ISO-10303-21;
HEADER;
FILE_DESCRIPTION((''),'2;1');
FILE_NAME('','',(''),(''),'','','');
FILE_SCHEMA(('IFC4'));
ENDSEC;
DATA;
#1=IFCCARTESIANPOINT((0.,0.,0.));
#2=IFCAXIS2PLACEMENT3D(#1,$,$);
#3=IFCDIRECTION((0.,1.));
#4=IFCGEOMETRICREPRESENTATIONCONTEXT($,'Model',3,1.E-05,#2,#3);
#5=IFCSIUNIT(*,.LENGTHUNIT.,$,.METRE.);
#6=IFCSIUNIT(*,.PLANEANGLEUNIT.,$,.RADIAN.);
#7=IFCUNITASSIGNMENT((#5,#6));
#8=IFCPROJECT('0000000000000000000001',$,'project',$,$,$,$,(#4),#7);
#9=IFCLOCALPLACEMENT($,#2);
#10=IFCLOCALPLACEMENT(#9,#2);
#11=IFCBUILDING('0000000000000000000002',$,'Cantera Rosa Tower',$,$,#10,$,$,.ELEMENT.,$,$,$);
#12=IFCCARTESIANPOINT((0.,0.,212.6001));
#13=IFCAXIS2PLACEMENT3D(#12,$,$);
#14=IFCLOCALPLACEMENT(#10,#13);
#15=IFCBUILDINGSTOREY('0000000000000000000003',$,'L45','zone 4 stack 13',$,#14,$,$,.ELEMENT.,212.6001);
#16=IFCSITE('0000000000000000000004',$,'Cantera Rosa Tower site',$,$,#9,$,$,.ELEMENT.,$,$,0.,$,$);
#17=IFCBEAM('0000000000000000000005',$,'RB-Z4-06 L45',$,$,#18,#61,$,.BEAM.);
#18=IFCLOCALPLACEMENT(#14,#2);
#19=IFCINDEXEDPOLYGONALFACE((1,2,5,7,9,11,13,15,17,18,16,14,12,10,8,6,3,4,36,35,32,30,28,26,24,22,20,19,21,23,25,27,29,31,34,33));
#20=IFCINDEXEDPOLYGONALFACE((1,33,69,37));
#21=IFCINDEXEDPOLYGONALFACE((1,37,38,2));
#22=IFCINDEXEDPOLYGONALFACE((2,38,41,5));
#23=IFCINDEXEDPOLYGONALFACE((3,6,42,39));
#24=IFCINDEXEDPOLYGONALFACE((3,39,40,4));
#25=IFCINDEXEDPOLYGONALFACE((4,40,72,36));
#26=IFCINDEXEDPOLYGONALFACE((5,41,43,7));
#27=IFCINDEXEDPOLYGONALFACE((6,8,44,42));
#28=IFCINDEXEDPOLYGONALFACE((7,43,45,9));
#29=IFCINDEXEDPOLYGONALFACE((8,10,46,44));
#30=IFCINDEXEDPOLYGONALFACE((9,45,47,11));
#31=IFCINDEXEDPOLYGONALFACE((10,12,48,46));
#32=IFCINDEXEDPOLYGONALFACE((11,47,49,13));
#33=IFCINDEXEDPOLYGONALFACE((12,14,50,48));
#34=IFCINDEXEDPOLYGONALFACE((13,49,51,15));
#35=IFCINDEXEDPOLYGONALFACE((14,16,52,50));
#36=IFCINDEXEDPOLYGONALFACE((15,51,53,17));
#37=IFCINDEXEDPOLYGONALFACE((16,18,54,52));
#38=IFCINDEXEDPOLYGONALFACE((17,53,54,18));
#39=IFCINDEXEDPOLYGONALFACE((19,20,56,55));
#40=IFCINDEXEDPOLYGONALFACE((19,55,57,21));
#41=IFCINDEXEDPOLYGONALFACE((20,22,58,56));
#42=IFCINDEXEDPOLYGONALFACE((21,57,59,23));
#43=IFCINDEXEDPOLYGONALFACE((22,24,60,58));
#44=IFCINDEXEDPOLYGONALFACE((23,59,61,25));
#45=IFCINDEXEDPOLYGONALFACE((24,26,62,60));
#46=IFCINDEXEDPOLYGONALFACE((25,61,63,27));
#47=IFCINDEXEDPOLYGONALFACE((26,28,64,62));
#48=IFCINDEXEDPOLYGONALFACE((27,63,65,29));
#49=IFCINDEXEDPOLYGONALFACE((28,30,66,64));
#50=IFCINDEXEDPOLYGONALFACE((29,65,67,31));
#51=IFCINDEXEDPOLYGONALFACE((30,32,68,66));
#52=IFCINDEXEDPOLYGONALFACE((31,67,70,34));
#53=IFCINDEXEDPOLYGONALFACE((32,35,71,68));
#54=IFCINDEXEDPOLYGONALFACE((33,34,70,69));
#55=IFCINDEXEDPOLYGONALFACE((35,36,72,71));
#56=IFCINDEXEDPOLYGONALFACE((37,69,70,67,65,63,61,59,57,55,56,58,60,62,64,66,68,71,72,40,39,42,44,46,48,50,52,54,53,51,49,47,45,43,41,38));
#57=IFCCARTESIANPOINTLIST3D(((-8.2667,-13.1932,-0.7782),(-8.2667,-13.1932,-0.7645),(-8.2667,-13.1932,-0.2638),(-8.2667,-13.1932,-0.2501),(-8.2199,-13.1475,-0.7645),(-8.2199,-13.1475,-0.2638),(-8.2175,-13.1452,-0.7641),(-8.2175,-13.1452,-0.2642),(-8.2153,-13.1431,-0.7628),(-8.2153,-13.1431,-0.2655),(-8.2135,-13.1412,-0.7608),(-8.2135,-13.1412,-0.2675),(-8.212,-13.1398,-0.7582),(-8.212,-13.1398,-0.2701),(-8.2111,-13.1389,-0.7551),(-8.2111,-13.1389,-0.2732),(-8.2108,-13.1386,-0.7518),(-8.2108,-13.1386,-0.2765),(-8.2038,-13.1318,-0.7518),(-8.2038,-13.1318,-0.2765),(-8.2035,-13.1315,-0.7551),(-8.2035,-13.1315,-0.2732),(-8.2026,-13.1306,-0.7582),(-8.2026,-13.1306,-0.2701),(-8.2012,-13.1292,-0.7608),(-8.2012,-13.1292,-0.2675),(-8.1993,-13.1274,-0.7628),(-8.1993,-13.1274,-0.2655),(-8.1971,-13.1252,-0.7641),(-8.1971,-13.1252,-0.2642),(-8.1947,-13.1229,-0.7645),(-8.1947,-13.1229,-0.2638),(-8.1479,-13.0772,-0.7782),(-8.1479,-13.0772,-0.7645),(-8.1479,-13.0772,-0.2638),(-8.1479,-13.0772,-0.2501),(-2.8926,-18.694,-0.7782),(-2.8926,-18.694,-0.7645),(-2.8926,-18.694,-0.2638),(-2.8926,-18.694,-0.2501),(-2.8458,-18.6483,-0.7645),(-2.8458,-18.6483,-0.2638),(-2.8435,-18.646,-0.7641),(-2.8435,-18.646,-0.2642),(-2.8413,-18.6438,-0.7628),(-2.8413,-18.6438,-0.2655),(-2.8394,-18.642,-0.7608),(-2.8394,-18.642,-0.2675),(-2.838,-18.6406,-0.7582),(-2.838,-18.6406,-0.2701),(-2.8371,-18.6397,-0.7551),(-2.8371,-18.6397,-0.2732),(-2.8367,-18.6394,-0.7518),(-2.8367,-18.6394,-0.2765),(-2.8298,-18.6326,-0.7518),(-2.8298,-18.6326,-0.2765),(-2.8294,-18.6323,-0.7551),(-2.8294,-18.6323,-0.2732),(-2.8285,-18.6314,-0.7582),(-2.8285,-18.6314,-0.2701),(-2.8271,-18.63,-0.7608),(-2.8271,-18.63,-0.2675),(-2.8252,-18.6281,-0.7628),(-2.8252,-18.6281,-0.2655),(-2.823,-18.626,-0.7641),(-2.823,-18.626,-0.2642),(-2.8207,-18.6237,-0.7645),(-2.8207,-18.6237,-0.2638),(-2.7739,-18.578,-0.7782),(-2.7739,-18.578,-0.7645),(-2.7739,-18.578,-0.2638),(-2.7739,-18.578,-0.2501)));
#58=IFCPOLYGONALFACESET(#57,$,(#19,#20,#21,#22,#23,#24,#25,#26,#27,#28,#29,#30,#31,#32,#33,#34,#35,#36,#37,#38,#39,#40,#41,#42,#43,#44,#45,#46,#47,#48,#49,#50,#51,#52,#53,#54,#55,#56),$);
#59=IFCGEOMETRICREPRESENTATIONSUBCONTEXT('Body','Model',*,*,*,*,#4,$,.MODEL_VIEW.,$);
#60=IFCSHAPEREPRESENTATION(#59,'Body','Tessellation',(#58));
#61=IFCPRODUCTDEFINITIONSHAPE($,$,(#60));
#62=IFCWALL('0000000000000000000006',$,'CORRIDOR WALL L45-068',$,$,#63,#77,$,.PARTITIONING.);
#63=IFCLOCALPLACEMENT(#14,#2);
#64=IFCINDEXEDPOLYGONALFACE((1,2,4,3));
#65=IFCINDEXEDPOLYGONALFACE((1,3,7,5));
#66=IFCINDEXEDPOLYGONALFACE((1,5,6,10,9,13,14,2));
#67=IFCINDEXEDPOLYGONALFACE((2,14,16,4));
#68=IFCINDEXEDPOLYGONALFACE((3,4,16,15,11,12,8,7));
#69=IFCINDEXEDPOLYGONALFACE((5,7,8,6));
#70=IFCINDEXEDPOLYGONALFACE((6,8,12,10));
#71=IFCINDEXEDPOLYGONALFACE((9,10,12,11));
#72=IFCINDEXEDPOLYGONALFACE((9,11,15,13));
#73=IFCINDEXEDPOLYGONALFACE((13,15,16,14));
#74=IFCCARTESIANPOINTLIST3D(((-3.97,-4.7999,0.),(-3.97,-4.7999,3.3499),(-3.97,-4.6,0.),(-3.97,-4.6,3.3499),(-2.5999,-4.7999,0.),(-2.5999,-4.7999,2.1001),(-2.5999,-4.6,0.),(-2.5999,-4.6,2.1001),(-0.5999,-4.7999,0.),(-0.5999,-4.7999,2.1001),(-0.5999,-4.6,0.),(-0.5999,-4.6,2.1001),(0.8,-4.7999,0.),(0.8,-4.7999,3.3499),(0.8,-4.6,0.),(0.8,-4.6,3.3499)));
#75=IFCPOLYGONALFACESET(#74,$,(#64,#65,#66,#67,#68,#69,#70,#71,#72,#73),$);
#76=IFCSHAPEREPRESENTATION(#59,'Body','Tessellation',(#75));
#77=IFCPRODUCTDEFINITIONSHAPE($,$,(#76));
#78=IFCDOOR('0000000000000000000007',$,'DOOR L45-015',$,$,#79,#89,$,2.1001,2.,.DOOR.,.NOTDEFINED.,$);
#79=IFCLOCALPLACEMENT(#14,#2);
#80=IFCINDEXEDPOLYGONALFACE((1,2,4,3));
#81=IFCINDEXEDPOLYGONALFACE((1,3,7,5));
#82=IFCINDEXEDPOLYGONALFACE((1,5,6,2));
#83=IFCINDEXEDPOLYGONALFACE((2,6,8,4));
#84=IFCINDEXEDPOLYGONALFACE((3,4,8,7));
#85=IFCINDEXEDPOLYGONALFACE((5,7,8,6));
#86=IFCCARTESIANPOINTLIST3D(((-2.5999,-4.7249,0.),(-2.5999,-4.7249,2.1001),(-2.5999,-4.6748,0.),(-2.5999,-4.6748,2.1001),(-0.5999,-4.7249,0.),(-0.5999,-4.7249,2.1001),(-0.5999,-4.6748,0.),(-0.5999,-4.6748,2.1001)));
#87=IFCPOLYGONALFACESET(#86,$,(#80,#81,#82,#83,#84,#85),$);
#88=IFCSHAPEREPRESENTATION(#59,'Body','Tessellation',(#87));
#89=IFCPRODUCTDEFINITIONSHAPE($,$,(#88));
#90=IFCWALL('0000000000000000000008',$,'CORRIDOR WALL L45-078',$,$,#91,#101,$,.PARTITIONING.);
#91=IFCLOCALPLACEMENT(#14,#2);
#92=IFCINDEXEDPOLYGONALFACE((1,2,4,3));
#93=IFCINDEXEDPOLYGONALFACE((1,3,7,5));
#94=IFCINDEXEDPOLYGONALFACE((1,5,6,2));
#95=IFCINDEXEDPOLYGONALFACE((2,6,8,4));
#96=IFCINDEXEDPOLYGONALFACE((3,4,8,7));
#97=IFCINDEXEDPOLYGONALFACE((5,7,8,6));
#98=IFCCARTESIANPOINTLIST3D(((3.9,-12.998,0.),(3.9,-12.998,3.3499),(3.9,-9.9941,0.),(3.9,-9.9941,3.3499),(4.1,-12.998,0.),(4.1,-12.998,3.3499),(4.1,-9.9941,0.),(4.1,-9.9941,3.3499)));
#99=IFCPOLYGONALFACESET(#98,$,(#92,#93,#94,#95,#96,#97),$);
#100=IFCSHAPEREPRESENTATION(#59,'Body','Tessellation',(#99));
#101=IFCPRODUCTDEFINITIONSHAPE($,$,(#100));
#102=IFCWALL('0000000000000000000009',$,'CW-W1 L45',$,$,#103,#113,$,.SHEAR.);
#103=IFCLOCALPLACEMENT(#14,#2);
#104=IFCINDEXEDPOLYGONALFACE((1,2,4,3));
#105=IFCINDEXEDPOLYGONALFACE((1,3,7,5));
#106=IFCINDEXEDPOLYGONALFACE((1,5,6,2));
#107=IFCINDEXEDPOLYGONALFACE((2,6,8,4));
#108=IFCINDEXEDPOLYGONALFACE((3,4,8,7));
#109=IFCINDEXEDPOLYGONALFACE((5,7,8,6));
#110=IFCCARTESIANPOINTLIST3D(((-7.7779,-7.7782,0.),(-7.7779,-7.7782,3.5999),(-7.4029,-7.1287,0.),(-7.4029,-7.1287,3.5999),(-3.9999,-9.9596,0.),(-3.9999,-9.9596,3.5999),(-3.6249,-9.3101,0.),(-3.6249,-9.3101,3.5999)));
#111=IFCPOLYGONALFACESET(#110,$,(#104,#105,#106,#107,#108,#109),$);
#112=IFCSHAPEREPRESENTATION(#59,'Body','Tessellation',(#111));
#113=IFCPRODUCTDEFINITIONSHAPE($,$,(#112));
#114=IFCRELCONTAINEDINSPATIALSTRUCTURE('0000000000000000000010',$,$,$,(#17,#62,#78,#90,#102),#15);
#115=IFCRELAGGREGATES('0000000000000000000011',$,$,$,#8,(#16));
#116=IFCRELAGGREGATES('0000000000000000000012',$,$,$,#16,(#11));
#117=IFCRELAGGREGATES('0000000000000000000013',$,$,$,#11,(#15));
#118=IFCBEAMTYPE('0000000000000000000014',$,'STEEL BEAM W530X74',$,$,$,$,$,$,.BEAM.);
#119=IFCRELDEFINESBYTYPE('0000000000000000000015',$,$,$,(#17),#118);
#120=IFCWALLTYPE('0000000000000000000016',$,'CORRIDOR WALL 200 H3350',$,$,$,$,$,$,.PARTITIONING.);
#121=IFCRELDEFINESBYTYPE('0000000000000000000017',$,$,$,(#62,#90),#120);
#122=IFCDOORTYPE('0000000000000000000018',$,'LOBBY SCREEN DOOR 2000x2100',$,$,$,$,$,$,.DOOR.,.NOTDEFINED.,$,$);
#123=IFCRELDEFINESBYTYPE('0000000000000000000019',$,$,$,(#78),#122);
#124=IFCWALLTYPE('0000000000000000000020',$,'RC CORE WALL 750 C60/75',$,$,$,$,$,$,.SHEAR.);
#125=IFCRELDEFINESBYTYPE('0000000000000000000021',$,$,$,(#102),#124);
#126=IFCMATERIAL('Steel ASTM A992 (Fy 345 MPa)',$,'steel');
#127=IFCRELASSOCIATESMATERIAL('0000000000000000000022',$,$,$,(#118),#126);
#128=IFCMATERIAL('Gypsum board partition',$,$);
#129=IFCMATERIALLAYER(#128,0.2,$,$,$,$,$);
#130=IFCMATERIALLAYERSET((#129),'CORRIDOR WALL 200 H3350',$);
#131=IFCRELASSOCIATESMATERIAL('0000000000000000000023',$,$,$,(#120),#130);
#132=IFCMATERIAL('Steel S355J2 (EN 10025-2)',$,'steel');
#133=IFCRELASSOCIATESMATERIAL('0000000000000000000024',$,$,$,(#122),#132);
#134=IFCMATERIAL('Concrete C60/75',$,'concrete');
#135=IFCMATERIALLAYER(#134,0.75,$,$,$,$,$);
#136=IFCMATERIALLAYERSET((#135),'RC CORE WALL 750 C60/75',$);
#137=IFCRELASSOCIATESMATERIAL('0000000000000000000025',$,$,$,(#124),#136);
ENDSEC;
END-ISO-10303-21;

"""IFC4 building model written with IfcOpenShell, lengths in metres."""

from ifc_helpers import new_model, si_unit, direction, frame, frame_2d, origin, origin_2d, place, context, subcontext, project, spatial, rectangle, i_section, extrude, material, layer, layer_set, material_profile, profile_set, type_object, element, fill, save


model = new_model("IFC4")

# Units and contexts
model_context = context("Model", 3, precision=1e-05, world=origin(), true_north=direction((0.0, 1.0)))
body_context = subcontext(model_context, "Body", "Model", "MODEL_VIEW")
ifc_project = project(units=[si_unit("LENGTHUNIT", "METRE"), si_unit("PLANEANGLEUNIT", "RADIAN")], contexts=[model_context])

# Site, building, storey
site_placement = place(None, origin())
site = spatial("IfcSite", under=ifc_project, at=site_placement, Name="Cantera Rosa Tower site", CompositionType="ELEMENT", RefElevation=0.0)
building_placement = place(site_placement, origin())
building = spatial("IfcBuilding", under=site, at=building_placement, Name="Cantera Rosa Tower", CompositionType="ELEMENT")
storey_placement = place(building_placement, frame((0.0, 0.0, 212.6001)))
storey = spatial("IfcBuildingStorey", under=building, at=storey_placement, Name="L45", Description="zone 4 stack 13", CompositionType="ELEMENT", Elevation=212.6001)

# Beam
ifc_material_1 = material(Name="Steel ASTM A992 (Fy 345 MPa)", Category="steel")
ifc_material_profile = material_profile(ifc_material_1, i_section(OverallWidth=0.166, OverallDepth=0.5281, WebThickness=0.0098, FlangeThickness=0.0137, FilletRadius=0.0127, at=origin_2d()), Name="W530X74")
ifc_profile_set = profile_set([ifc_material_profile], Name="Steel ASTM A992 (Fy 345 MPa)")
beam_type = type_object("IfcBeamType", Name="STEEL BEAM W530X74", PredefinedType="BEAM", material=ifc_profile_set)
beam_placement = place(storey_placement, frame((-2.8333, -18.636, -0.5142), z_axis=(-0.69882, 0.715297, 0.0), x_axis=(-0.715297, -0.69882, 0.0)))
element("IfcBeam", 1, at=beam_placement, inside=storey, type_object=beam_type, Name="RB-Z4-06 L45", PredefinedType="BEAM", context=body_context, shape_type="SweptSolid", body=[
    extrude(i_section(OverallWidth=0.166, OverallDepth=0.5281, WebThickness=0.0098, FlangeThickness=0.0137, FilletRadius=0.0127, at=origin_2d()), origin(), (0.0, 0.0, 1.0), 7.6902),
])

# Wall, opening, door
ifc_material_2 = material(Name="Gypsum board partition")
ifc_layer_1 = layer(ifc_material_2, 0.2)
ifc_layer_set_1 = layer_set([ifc_layer_1], Name="CORRIDOR WALL 200 H3350")
wall_type_1 = type_object("IfcWallType", Name="CORRIDOR WALL 200 H3350", PredefinedType="PARTITIONING", material=ifc_layer_set_1)
wall_1_placement = place(storey_placement, frame((0.8, -4.7, 0.0), z_axis=(0.0, 0.0, 1.0), x_axis=(-1.0, 0.0, 0.0)))
wall_1 = element("IfcWall", 2, at=wall_1_placement, inside=storey, type_object=wall_type_1, Name="CORRIDOR WALL L45-068", PredefinedType="PARTITIONING", context=body_context, shape_type="SweptSolid", body=[
    extrude(rectangle(XDim=4.77, YDim=0.2, at=frame_2d((2.385, 0.0))), origin(), (0.0, 0.0, 1.0), 3.3499),
])
opening_1_placement = place(wall_1_placement, frame((1.3999, 0.0, 0.0)))
opening_1 = element("IfcOpeningElement", 3, at=opening_1_placement, cuts=wall_1, PredefinedType="OPENING", context=body_context, shape_type="SweptSolid", body=[
    extrude(rectangle(XDim=2.0, YDim=2.1001, at=frame_2d((1.0, 1.05))), frame((0.0, 0.1099, 0.0), z_axis=(0.0, -1.0, 0.0), x_axis=(1.0, 0.0, 0.0)), (0.0, 0.0, 1.0), 0.22),
])
ifc_material_3 = material(Name="Steel S355J2 (EN 10025-2)", Category="steel")
door_type_1 = type_object("IfcDoorType", Name="LOBBY SCREEN DOOR 2000x2100", OperationType="NOTDEFINED", PredefinedType="DOOR", material=ifc_material_3)
door_1_placement = place(opening_1_placement, origin())
door_1 = element("IfcDoor", 4, at=door_1_placement, inside=storey, type_object=door_type_1, Name="DOOR L45-015", OperationType="NOTDEFINED", OverallHeight=2.1001, OverallWidth=2.0, PredefinedType="DOOR", context=body_context, shape_type="SweptSolid", body=[
    extrude(rectangle(XDim=2.0, YDim=2.1001, at=frame_2d((1.0, 1.05))), frame((0.0, 0.0249, 0.0), z_axis=(0.0, -1.0, 0.0), x_axis=(1.0, 0.0, 0.0)), (0.0, 0.0, 1.0), 0.05),
])
fill(opening_1, door_1)

# Walls
wall_2_placement = place(storey_placement, frame((4.0, -12.998, 0.0), z_axis=(0.0, 0.0, 1.0), x_axis=(0.0, 1.0, 0.0)))
element("IfcWall", 5, at=wall_2_placement, inside=storey, type_object=wall_type_1, Name="CORRIDOR WALL L45-078", PredefinedType="PARTITIONING", context=body_context, shape_type="SweptSolid", body=[
    extrude(rectangle(XDim=3.0039, YDim=0.2, at=frame_2d((1.502, 0.0))), origin(), (0.0, 0.0, 1.0), 3.3499),
])
ifc_material_4 = material(Name="Concrete C60/75", Category="concrete")
ifc_layer_2 = layer(ifc_material_4, 0.75)
ifc_layer_set_2 = layer_set([ifc_layer_2], Name="RC CORE WALL 750 C60/75")
wall_type_2 = type_object("IfcWallType", Name="RC CORE WALL 750 C60/75", PredefinedType="SHEAR", material=ifc_layer_set_2)
wall_3_placement = place(storey_placement, frame((-3.8125, -9.6348, 0.0), z_axis=(0.0, 0.0, 1.0), x_axis=(-0.866013, 0.500021, 0.0)))
element("IfcWall", 6, at=wall_3_placement, inside=storey, type_object=wall_type_2, Name="CW-W1 L45", PredefinedType="SHEAR", context=body_context, shape_type="SweptSolid", body=[
    extrude(rectangle(XDim=4.3625, YDim=0.75, at=frame_2d((2.1812, 0.0))), origin(), (0.0, 0.0, 1.0), 3.5999),
])

save(model, "model.ifc")
